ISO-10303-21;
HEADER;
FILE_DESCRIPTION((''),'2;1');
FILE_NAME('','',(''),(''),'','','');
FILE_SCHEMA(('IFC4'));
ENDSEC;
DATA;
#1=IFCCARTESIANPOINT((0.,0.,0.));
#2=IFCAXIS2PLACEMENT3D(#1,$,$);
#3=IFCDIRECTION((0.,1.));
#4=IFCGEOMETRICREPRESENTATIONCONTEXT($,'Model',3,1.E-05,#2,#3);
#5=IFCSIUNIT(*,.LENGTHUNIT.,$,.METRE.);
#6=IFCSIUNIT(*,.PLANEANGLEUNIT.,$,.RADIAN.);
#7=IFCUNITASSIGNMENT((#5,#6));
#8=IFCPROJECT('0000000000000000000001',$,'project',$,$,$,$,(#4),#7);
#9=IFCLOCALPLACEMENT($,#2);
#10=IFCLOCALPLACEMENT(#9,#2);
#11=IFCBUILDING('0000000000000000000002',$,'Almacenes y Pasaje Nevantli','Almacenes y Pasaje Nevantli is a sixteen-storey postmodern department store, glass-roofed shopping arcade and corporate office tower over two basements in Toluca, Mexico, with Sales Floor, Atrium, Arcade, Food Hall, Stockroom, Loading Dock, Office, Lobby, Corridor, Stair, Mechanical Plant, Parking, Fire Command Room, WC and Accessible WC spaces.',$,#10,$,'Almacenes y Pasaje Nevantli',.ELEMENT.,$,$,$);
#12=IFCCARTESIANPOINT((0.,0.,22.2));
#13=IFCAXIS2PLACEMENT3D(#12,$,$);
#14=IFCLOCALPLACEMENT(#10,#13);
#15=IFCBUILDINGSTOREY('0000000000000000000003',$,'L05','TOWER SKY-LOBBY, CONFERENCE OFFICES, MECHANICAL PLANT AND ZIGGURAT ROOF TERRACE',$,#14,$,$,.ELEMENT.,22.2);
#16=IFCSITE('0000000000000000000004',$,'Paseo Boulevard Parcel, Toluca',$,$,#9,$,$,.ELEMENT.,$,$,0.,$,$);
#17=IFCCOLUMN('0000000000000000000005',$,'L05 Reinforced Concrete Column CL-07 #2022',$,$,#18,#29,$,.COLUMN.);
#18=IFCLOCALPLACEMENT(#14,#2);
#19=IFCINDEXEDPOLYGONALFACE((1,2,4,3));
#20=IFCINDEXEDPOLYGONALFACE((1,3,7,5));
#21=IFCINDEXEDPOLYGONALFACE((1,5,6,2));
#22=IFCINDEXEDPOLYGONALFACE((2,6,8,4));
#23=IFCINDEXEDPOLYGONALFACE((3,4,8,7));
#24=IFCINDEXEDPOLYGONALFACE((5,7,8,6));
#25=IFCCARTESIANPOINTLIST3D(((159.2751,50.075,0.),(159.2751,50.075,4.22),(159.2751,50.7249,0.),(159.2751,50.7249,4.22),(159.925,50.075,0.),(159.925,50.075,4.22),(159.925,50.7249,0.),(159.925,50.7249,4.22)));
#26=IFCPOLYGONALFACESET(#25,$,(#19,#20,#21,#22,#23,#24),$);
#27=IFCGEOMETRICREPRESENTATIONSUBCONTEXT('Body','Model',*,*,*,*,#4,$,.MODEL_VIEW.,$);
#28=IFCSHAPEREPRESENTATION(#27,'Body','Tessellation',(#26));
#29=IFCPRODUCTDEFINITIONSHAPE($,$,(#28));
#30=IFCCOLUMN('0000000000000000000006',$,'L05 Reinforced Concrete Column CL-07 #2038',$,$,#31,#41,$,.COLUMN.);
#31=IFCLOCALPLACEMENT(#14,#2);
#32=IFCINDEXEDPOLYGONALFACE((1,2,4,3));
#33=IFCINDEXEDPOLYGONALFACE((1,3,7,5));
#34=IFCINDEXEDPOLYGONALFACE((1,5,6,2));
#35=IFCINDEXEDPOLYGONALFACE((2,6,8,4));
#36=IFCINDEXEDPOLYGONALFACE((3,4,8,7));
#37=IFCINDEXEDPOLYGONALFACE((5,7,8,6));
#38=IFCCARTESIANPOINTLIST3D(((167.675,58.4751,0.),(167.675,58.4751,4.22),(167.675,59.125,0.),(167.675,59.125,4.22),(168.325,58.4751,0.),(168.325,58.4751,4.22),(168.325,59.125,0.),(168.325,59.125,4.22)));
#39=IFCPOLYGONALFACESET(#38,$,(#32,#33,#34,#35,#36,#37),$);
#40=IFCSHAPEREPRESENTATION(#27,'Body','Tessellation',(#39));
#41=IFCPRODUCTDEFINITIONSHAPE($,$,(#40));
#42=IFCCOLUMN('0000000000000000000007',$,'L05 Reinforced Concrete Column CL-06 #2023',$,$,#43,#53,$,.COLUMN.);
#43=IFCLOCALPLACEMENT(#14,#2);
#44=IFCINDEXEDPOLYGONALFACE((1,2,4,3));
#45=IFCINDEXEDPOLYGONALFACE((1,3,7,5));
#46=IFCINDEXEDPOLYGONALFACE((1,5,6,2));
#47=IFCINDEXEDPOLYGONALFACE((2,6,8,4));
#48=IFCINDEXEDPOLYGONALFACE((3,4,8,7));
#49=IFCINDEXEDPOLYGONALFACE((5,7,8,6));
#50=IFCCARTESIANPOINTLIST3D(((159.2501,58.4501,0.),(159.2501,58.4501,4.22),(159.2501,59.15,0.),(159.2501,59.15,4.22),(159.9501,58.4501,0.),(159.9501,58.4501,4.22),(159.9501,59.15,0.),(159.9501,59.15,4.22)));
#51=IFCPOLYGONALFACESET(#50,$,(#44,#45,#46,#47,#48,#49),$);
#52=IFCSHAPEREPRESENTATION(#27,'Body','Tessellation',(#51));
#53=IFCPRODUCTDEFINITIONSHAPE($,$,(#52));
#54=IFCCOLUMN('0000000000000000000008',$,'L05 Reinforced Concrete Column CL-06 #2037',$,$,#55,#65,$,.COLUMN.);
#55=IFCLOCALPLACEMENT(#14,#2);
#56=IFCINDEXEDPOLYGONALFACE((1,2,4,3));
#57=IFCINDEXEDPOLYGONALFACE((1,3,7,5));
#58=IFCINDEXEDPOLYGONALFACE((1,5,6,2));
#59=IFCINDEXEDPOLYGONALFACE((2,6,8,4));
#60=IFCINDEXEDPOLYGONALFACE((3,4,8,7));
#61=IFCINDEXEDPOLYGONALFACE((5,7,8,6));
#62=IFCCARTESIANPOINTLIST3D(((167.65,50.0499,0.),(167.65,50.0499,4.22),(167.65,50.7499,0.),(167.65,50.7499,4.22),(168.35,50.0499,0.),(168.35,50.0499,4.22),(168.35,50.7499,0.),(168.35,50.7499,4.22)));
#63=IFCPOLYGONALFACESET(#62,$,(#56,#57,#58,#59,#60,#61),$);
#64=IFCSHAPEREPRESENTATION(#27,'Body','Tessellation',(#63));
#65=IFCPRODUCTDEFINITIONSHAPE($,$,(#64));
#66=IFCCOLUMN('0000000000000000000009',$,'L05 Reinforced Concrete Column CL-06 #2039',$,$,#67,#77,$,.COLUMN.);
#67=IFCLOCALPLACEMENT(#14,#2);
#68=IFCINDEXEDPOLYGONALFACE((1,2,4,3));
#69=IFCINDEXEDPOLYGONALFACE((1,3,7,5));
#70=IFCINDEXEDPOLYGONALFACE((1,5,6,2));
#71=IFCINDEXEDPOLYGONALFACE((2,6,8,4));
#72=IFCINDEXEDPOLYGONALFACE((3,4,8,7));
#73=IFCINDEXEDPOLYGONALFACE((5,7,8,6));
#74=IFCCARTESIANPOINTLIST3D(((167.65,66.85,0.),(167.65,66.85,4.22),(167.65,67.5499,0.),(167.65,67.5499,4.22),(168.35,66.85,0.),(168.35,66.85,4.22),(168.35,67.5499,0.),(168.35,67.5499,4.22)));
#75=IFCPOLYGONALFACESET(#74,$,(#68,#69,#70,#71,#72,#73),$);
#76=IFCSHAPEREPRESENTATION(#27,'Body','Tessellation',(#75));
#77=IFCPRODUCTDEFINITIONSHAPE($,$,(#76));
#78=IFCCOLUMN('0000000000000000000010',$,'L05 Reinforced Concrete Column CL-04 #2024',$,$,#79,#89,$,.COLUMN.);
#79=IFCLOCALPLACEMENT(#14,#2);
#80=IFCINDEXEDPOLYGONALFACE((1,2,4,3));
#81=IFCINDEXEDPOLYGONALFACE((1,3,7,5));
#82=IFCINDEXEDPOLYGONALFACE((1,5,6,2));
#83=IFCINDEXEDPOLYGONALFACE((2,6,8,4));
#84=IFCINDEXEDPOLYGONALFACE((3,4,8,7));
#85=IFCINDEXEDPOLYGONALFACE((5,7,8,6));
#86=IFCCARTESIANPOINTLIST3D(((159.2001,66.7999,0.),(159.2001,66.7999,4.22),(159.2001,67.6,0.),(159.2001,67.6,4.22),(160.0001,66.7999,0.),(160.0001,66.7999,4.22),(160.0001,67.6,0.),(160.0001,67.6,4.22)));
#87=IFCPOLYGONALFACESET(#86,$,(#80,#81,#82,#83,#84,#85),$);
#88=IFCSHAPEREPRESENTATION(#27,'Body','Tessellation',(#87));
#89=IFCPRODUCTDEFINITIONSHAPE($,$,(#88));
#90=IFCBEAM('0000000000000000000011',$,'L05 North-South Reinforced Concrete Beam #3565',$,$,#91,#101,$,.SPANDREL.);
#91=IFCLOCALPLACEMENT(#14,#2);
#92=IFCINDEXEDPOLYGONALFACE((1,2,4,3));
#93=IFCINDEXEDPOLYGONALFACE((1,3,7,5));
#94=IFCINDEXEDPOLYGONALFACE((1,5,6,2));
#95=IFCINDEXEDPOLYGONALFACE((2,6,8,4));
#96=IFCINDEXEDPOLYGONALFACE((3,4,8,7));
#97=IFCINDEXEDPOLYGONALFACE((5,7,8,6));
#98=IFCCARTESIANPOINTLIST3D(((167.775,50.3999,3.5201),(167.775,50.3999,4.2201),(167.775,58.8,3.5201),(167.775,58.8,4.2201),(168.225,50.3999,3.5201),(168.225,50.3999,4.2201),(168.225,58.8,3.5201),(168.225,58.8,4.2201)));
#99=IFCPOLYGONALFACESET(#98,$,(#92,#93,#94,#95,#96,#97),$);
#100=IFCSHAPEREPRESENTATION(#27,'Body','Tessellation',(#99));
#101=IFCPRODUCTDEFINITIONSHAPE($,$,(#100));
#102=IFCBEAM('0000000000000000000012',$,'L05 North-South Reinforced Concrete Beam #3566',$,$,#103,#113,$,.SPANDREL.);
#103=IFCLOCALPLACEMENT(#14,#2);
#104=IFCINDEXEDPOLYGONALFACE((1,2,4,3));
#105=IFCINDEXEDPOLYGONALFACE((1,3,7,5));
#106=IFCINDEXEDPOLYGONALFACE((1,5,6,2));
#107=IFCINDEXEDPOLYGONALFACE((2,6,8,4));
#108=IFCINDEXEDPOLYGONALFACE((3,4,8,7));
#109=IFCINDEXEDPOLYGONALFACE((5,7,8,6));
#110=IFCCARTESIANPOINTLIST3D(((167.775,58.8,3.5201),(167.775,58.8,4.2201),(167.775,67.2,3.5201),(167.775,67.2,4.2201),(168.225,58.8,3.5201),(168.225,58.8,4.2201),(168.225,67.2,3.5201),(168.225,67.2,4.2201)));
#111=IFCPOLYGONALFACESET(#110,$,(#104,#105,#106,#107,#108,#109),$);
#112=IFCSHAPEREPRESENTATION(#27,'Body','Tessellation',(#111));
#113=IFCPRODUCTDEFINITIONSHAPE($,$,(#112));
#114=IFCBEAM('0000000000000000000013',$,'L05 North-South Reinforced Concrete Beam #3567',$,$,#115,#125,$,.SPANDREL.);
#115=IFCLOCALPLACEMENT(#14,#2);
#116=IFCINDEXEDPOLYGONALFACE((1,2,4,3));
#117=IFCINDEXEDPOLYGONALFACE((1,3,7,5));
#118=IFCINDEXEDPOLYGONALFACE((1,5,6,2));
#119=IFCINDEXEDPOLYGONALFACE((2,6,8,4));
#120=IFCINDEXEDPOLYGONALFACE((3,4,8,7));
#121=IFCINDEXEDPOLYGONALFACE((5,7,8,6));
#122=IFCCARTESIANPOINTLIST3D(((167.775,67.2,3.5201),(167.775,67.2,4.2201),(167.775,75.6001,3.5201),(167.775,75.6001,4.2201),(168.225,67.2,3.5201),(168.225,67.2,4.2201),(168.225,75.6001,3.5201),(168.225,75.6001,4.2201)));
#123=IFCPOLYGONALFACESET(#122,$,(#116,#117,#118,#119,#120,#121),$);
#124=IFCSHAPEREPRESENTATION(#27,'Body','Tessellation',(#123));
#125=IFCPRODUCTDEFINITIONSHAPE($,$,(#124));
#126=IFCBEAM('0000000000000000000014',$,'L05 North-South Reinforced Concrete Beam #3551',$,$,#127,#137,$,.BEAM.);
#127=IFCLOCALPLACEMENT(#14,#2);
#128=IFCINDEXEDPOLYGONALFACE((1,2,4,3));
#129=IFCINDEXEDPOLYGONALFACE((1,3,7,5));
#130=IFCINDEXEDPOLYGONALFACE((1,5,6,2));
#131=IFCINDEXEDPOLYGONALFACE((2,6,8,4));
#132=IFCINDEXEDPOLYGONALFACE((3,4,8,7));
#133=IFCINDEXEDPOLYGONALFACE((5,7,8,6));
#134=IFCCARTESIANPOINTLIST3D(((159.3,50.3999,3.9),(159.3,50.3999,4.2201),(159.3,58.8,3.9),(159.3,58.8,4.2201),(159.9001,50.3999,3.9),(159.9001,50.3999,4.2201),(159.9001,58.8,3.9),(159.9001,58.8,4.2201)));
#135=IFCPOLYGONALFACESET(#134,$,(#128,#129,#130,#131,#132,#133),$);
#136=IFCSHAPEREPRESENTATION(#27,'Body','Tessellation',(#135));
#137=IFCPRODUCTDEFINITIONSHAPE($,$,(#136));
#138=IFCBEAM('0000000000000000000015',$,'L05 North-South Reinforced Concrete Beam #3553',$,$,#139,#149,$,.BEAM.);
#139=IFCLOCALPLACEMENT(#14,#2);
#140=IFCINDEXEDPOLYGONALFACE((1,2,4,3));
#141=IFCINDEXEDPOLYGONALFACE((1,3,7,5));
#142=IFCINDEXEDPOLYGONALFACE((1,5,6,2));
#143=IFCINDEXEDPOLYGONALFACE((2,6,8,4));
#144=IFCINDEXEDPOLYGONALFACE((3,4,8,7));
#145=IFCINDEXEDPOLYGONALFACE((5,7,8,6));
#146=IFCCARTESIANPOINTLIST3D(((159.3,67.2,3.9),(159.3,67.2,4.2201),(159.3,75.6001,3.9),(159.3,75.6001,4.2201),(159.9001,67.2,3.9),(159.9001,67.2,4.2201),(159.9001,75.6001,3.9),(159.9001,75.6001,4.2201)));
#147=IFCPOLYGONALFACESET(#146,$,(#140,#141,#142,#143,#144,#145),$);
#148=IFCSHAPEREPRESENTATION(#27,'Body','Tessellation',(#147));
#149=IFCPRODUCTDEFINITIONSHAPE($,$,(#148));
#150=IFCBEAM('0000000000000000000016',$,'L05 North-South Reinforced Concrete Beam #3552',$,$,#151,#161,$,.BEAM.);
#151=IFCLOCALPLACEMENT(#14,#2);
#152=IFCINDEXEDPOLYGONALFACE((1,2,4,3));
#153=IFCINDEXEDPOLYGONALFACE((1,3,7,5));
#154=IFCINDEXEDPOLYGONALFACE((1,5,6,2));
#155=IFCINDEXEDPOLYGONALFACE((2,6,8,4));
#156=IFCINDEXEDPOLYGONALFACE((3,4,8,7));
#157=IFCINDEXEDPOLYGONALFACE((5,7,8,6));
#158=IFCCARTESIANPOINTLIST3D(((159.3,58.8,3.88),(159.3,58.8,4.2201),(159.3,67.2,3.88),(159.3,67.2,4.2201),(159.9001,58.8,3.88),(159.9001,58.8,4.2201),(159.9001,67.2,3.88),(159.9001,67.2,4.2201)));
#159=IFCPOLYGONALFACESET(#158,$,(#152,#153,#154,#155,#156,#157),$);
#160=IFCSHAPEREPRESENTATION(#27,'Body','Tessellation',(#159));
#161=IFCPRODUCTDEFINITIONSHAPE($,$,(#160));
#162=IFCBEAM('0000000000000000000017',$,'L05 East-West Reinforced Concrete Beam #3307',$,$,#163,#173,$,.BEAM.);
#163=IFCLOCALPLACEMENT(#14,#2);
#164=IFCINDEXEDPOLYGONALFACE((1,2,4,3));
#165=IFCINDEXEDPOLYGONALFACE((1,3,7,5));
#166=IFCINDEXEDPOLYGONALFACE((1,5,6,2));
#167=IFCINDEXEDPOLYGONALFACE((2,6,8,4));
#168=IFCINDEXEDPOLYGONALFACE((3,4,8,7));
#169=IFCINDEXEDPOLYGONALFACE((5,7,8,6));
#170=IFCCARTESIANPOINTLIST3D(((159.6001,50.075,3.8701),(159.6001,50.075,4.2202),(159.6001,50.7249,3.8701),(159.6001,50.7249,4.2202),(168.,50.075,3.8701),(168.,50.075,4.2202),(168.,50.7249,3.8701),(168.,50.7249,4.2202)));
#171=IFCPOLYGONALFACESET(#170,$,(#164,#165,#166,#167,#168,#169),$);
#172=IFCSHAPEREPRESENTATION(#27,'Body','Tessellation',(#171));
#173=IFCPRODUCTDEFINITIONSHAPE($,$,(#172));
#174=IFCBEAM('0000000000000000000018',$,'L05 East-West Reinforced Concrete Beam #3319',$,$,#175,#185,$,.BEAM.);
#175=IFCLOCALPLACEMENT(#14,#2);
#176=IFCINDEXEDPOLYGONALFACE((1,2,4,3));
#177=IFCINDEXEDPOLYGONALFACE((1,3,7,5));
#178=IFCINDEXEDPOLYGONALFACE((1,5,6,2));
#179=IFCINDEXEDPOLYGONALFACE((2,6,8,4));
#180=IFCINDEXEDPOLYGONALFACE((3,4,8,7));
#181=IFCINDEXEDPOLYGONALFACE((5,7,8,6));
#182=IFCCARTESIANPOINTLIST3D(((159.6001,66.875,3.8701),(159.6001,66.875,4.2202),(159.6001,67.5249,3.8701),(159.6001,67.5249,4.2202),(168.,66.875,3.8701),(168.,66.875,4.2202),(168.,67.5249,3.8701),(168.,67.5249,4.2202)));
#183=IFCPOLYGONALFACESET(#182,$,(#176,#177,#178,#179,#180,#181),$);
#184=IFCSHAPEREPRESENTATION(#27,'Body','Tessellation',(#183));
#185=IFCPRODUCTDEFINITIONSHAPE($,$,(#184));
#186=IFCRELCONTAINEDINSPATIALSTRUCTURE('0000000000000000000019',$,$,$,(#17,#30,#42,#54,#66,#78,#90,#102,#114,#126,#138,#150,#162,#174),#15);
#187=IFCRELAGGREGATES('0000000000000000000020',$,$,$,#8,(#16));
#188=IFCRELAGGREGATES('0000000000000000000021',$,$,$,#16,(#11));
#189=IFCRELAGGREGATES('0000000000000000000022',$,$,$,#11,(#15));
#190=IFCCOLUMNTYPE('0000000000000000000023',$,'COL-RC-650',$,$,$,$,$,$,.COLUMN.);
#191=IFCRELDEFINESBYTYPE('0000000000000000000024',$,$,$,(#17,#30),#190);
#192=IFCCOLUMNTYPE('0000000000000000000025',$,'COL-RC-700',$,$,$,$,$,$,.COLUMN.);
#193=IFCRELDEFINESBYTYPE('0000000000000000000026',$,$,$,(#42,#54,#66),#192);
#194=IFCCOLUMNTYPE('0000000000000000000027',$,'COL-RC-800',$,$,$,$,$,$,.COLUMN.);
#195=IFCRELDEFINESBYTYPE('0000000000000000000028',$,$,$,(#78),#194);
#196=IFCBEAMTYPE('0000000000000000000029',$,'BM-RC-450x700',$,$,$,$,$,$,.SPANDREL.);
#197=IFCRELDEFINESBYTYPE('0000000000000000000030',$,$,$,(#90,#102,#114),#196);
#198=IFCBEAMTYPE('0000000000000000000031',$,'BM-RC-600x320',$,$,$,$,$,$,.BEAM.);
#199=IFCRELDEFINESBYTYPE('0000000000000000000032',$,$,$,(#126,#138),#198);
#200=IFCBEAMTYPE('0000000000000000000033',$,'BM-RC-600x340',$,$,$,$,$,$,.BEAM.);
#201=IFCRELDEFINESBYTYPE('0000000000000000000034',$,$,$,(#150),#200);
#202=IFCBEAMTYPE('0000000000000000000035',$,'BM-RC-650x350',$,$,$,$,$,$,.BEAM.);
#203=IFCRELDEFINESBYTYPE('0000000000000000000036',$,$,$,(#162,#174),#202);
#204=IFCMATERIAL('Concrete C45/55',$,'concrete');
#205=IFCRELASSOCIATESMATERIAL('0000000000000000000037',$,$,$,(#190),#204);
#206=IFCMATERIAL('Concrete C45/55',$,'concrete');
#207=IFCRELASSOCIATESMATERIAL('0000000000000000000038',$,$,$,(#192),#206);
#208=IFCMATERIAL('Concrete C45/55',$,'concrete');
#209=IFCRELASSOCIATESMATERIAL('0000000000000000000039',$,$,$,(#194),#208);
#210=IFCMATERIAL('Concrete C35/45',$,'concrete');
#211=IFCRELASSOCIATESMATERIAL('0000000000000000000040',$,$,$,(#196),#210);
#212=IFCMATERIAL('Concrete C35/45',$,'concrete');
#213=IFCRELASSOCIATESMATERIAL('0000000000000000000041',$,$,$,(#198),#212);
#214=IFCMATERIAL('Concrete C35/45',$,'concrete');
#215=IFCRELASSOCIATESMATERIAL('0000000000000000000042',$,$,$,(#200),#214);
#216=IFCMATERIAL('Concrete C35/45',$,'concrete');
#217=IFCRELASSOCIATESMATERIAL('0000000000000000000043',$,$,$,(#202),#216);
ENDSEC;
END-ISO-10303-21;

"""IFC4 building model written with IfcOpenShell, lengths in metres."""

from ifc_helpers import new_model, si_unit, direction, frame, origin, origin_2d, place, context, subcontext, project, spatial, rectangle, extrude, material, material_profile, profile_set, type_object, element, save


model = new_model("IFC4")

# Units and contexts
model_context = context("Model", 3, precision=1e-05, world=origin(), true_north=direction((0.0, 1.0)))
body_context = subcontext(model_context, "Body", "Model", "MODEL_VIEW")
ifc_project = project(units=[si_unit("LENGTHUNIT", "METRE"), si_unit("PLANEANGLEUNIT", "RADIAN")], contexts=[model_context])

# Site, building, storey
site_placement = place(None, origin())
site = spatial("IfcSite", under=ifc_project, at=site_placement, Name="Paseo Boulevard Parcel, Toluca", CompositionType="ELEMENT", RefElevation=0.0)
building_placement = place(site_placement, origin())
building = spatial("IfcBuilding", under=site, at=building_placement, Name="Almacenes y Pasaje Nevantli", Description="Almacenes y Pasaje Nevantli is a sixteen-storey postmodern department store, glass-roofed shopping arcade and corporate office tower over two basements in Toluca, Mexico, with Sales Floor, Atrium, Arcade, Food Hall, Stockroom, Loading Dock, Office, Lobby, Corridor, Stair, Mechanical Plant, Parking, Fire Command Room, WC and Accessible WC spaces.", LongName="Almacenes y Pasaje Nevantli", CompositionType="ELEMENT")
storey_placement = place(building_placement, frame((0.0, 0.0, 22.2)))
storey = spatial("IfcBuildingStorey", under=building, at=storey_placement, Name="L05", Description="TOWER SKY-LOBBY, CONFERENCE OFFICES, MECHANICAL PLANT AND ZIGGURAT ROOF TERRACE", CompositionType="ELEMENT", Elevation=22.2)

# Columns
ifc_material_1 = material(Name="Concrete C45/55", Category="concrete")
ifc_material_profile_1 = material_profile(ifc_material_1, rectangle(XDim=0.6499, YDim=0.6499, at=origin_2d()), Name="RC-COL-650x650")
ifc_profile_set_1 = profile_set([ifc_material_profile_1], Name="Concrete C45/55")
column_type_1 = type_object("IfcColumnType", Name="COL-RC-650", PredefinedType="COLUMN", material=ifc_profile_set_1)
for number, where, z_axis, x_axis, name in (
    (1, (159.6001, 50.3999, 0.0), (0.0, 0.0, 1.0), (1.0, 0.0, 0.0), "L05 Reinforced Concrete Column CL-07 #2022"),
    (2, (168.0, 58.8, 0.0), (0.0, 0.0, 1.0), (1.0, 0.0, 0.0), "L05 Reinforced Concrete Column CL-07 #2038"),
):
    element("IfcColumn", number, at=place(storey_placement, frame(where, z_axis=z_axis, x_axis=x_axis)), inside=storey, type_object=column_type_1, Name=name, PredefinedType="COLUMN", context=body_context, shape_type="SweptSolid", body=[
        extrude(rectangle(XDim=0.6499, YDim=0.6499, at=origin_2d()), origin(), (0.0, 0.0, 1.0), 4.22),
    ])
ifc_material_2 = material(Name="Concrete C45/55", Category="concrete")
ifc_material_profile_2 = material_profile(ifc_material_2, rectangle(XDim=0.7, YDim=0.7, at=origin_2d()), Name="RC-COL-700x700")
ifc_profile_set_2 = profile_set([ifc_material_profile_2], Name="Concrete C45/55")
column_type_2 = type_object("IfcColumnType", Name="COL-RC-700", PredefinedType="COLUMN", material=ifc_profile_set_2)
for number, where, z_axis, x_axis, name in (
    (3, (159.6001, 58.8, 0.0), (0.0, 0.0, 1.0), (1.0, 0.0, 0.0), "L05 Reinforced Concrete Column CL-06 #2023"),
    (4, (168.0, 50.3999, 0.0), (0.0, 0.0, 1.0), (1.0, 0.0, 0.0), "L05 Reinforced Concrete Column CL-06 #2037"),
    (5, (168.0, 67.2, 0.0), (0.0, 0.0, 1.0), (1.0, 0.0, 0.0), "L05 Reinforced Concrete Column CL-06 #2039"),
):
    element("IfcColumn", number, at=place(storey_placement, frame(where, z_axis=z_axis, x_axis=x_axis)), inside=storey, type_object=column_type_2, Name=name, PredefinedType="COLUMN", context=body_context, shape_type="SweptSolid", body=[
        extrude(rectangle(XDim=0.7, YDim=0.7, at=origin_2d()), origin(), (0.0, 0.0, 1.0), 4.22),
    ])
ifc_material_3 = material(Name="Concrete C45/55", Category="concrete")
ifc_material_profile_3 = material_profile(ifc_material_3, rectangle(XDim=0.8, YDim=0.8, at=origin_2d()), Name="RC-COL-800x800")
ifc_profile_set_3 = profile_set([ifc_material_profile_3], Name="Concrete C45/55")
column_type_3 = type_object("IfcColumnType", Name="COL-RC-800", PredefinedType="COLUMN", material=ifc_profile_set_3)
column_placement = place(storey_placement, frame((159.6001, 67.2, 0.0), z_axis=(0.0, 0.0, 1.0), x_axis=(1.0, 0.0, 0.0)))
element("IfcColumn", 6, at=column_placement, inside=storey, type_object=column_type_3, Name="L05 Reinforced Concrete Column CL-04 #2024", PredefinedType="COLUMN", context=body_context, shape_type="SweptSolid", body=[
    extrude(rectangle(XDim=0.8, YDim=0.8, at=origin_2d()), origin(), (0.0, 0.0, 1.0), 4.22),
])

# Beams
ifc_material_4 = material(Name="Concrete C35/45", Category="concrete")
ifc_material_profile_4 = material_profile(ifc_material_4, rectangle(XDim=0.45, YDim=0.7, at=origin_2d()), Name="RC-BM-450x700")
ifc_profile_set_4 = profile_set([ifc_material_profile_4], Name="Concrete C35/45")
beam_type_1 = type_object("IfcBeamType", Name="BM-RC-450x700", PredefinedType="SPANDREL", material=ifc_profile_set_4)
beam_1_placement = place(storey_placement, frame((168.0, 50.3999, 3.8701), z_axis=(0.0, 1.0, 0.0), x_axis=(-1.0, 0.0, 0.0)))
element("IfcBeam", 7, at=beam_1_placement, inside=storey, type_object=beam_type_1, Name="L05 North-South Reinforced Concrete Beam #3565", PredefinedType="SPANDREL", context=body_context, shape_type="SweptSolid", body=[
    extrude(rectangle(XDim=0.45, YDim=0.7, at=origin_2d()), origin(), (0.0, 0.0, 1.0), 8.4001),
])
beam_2_placement = place(storey_placement, frame((168.0, 58.8, 3.8701), z_axis=(0.0, 1.0, 0.0), x_axis=(-1.0, 0.0, 0.0)))
element("IfcBeam", 8, at=beam_2_placement, inside=storey, type_object=beam_type_1, Name="L05 North-South Reinforced Concrete Beam #3566", PredefinedType="SPANDREL", context=body_context, shape_type="SweptSolid", body=[
    extrude(rectangle(XDim=0.45, YDim=0.7, at=origin_2d()), origin(), (0.0, 0.0, 1.0), 8.3999),
])
beam_3_placement = place(storey_placement, frame((168.0, 67.2, 3.8701), z_axis=(0.0, 1.0, 0.0), x_axis=(-1.0, 0.0, 0.0)))
element("IfcBeam", 9, at=beam_3_placement, inside=storey, type_object=beam_type_1, Name="L05 North-South Reinforced Concrete Beam #3567", PredefinedType="SPANDREL", context=body_context, shape_type="SweptSolid", body=[
    extrude(rectangle(XDim=0.45, YDim=0.7, at=origin_2d()), origin(), (0.0, 0.0, 1.0), 8.4001),
])
ifc_material_5 = material(Name="Concrete C35/45", Category="concrete")
ifc_material_profile_5 = material_profile(ifc_material_5, rectangle(XDim=0.6001, YDim=0.3201, at=origin_2d()), Name="RC-BM-600x320")
ifc_profile_set_5 = profile_set([ifc_material_profile_5], Name="Concrete C35/45")
beam_type_2 = type_object("IfcBeamType", Name="BM-RC-600x320", PredefinedType="BEAM", material=ifc_profile_set_5)
for number, where, z_axis, x_axis, name in (
    (10, (159.6001, 50.3999, 4.0601), (0.0, 1.0, 0.0), (-1.0, 0.0, 0.0), "L05 North-South Reinforced Concrete Beam #3551"),
    (11, (159.6001, 67.2, 4.0601), (0.0, 1.0, 0.0), (-1.0, 0.0, 0.0), "L05 North-South Reinforced Concrete Beam #3553"),
):
    element("IfcBeam", number, at=place(storey_placement, frame(where, z_axis=z_axis, x_axis=x_axis)), inside=storey, type_object=beam_type_2, Name=name, PredefinedType="BEAM", context=body_context, shape_type="SweptSolid", body=[
        extrude(rectangle(XDim=0.6001, YDim=0.3201, at=origin_2d()), origin(), (0.0, 0.0, 1.0), 8.4001),
    ])
ifc_material_6 = material(Name="Concrete C35/45", Category="concrete")
ifc_material_profile_6 = material_profile(ifc_material_6, rectangle(XDim=0.6001, YDim=0.3401, at=origin_2d()), Name="RC-BM-600x340")
ifc_profile_set_6 = profile_set([ifc_material_profile_6], Name="Concrete C35/45")
beam_type_3 = type_object("IfcBeamType", Name="BM-RC-600x340", PredefinedType="BEAM", material=ifc_profile_set_6)
beam_4_placement = place(storey_placement, frame((159.6001, 58.8, 4.05), z_axis=(0.0, 1.0, 0.0), x_axis=(-1.0, 0.0, 0.0)))
element("IfcBeam", 12, at=beam_4_placement, inside=storey, type_object=beam_type_3, Name="L05 North-South Reinforced Concrete Beam #3552", PredefinedType="BEAM", context=body_context, shape_type="SweptSolid", body=[
    extrude(rectangle(XDim=0.6001, YDim=0.3401, at=origin_2d()), origin(), (0.0, 0.0, 1.0), 8.3999),
])
ifc_material_7 = material(Name="Concrete C35/45", Category="concrete")
ifc_material_profile_7 = material_profile(ifc_material_7, rectangle(XDim=0.6499, YDim=0.3501, at=origin_2d()), Name="RC-BM-650x350")
ifc_profile_set_7 = profile_set([ifc_material_profile_7], Name="Concrete C35/45")
beam_type_4 = type_object("IfcBeamType", Name="BM-RC-650x350", PredefinedType="BEAM", material=ifc_profile_set_7)
for number, where, z_axis, x_axis, name in (
    (13, (159.6001, 50.3999, 4.0452), (1.0, 0.0, 0.0), (0.0, 1.0, 0.0), "L05 East-West Reinforced Concrete Beam #3307"),
    (14, (159.6001, 67.2, 4.0452), (1.0, 0.0, 0.0), (0.0, 1.0, 0.0), "L05 East-West Reinforced Concrete Beam #3319"),
):
    element("IfcBeam", number, at=place(storey_placement, frame(where, z_axis=z_axis, x_axis=x_axis)), inside=storey, type_object=beam_type_4, Name=name, PredefinedType="BEAM", context=body_context, shape_type="SweptSolid", body=[
        extrude(rectangle(XDim=0.6499, YDim=0.3501, at=origin_2d()), origin(), (0.0, 0.0, 1.0), 8.3999),
    ])

save(model, "model.ifc")
